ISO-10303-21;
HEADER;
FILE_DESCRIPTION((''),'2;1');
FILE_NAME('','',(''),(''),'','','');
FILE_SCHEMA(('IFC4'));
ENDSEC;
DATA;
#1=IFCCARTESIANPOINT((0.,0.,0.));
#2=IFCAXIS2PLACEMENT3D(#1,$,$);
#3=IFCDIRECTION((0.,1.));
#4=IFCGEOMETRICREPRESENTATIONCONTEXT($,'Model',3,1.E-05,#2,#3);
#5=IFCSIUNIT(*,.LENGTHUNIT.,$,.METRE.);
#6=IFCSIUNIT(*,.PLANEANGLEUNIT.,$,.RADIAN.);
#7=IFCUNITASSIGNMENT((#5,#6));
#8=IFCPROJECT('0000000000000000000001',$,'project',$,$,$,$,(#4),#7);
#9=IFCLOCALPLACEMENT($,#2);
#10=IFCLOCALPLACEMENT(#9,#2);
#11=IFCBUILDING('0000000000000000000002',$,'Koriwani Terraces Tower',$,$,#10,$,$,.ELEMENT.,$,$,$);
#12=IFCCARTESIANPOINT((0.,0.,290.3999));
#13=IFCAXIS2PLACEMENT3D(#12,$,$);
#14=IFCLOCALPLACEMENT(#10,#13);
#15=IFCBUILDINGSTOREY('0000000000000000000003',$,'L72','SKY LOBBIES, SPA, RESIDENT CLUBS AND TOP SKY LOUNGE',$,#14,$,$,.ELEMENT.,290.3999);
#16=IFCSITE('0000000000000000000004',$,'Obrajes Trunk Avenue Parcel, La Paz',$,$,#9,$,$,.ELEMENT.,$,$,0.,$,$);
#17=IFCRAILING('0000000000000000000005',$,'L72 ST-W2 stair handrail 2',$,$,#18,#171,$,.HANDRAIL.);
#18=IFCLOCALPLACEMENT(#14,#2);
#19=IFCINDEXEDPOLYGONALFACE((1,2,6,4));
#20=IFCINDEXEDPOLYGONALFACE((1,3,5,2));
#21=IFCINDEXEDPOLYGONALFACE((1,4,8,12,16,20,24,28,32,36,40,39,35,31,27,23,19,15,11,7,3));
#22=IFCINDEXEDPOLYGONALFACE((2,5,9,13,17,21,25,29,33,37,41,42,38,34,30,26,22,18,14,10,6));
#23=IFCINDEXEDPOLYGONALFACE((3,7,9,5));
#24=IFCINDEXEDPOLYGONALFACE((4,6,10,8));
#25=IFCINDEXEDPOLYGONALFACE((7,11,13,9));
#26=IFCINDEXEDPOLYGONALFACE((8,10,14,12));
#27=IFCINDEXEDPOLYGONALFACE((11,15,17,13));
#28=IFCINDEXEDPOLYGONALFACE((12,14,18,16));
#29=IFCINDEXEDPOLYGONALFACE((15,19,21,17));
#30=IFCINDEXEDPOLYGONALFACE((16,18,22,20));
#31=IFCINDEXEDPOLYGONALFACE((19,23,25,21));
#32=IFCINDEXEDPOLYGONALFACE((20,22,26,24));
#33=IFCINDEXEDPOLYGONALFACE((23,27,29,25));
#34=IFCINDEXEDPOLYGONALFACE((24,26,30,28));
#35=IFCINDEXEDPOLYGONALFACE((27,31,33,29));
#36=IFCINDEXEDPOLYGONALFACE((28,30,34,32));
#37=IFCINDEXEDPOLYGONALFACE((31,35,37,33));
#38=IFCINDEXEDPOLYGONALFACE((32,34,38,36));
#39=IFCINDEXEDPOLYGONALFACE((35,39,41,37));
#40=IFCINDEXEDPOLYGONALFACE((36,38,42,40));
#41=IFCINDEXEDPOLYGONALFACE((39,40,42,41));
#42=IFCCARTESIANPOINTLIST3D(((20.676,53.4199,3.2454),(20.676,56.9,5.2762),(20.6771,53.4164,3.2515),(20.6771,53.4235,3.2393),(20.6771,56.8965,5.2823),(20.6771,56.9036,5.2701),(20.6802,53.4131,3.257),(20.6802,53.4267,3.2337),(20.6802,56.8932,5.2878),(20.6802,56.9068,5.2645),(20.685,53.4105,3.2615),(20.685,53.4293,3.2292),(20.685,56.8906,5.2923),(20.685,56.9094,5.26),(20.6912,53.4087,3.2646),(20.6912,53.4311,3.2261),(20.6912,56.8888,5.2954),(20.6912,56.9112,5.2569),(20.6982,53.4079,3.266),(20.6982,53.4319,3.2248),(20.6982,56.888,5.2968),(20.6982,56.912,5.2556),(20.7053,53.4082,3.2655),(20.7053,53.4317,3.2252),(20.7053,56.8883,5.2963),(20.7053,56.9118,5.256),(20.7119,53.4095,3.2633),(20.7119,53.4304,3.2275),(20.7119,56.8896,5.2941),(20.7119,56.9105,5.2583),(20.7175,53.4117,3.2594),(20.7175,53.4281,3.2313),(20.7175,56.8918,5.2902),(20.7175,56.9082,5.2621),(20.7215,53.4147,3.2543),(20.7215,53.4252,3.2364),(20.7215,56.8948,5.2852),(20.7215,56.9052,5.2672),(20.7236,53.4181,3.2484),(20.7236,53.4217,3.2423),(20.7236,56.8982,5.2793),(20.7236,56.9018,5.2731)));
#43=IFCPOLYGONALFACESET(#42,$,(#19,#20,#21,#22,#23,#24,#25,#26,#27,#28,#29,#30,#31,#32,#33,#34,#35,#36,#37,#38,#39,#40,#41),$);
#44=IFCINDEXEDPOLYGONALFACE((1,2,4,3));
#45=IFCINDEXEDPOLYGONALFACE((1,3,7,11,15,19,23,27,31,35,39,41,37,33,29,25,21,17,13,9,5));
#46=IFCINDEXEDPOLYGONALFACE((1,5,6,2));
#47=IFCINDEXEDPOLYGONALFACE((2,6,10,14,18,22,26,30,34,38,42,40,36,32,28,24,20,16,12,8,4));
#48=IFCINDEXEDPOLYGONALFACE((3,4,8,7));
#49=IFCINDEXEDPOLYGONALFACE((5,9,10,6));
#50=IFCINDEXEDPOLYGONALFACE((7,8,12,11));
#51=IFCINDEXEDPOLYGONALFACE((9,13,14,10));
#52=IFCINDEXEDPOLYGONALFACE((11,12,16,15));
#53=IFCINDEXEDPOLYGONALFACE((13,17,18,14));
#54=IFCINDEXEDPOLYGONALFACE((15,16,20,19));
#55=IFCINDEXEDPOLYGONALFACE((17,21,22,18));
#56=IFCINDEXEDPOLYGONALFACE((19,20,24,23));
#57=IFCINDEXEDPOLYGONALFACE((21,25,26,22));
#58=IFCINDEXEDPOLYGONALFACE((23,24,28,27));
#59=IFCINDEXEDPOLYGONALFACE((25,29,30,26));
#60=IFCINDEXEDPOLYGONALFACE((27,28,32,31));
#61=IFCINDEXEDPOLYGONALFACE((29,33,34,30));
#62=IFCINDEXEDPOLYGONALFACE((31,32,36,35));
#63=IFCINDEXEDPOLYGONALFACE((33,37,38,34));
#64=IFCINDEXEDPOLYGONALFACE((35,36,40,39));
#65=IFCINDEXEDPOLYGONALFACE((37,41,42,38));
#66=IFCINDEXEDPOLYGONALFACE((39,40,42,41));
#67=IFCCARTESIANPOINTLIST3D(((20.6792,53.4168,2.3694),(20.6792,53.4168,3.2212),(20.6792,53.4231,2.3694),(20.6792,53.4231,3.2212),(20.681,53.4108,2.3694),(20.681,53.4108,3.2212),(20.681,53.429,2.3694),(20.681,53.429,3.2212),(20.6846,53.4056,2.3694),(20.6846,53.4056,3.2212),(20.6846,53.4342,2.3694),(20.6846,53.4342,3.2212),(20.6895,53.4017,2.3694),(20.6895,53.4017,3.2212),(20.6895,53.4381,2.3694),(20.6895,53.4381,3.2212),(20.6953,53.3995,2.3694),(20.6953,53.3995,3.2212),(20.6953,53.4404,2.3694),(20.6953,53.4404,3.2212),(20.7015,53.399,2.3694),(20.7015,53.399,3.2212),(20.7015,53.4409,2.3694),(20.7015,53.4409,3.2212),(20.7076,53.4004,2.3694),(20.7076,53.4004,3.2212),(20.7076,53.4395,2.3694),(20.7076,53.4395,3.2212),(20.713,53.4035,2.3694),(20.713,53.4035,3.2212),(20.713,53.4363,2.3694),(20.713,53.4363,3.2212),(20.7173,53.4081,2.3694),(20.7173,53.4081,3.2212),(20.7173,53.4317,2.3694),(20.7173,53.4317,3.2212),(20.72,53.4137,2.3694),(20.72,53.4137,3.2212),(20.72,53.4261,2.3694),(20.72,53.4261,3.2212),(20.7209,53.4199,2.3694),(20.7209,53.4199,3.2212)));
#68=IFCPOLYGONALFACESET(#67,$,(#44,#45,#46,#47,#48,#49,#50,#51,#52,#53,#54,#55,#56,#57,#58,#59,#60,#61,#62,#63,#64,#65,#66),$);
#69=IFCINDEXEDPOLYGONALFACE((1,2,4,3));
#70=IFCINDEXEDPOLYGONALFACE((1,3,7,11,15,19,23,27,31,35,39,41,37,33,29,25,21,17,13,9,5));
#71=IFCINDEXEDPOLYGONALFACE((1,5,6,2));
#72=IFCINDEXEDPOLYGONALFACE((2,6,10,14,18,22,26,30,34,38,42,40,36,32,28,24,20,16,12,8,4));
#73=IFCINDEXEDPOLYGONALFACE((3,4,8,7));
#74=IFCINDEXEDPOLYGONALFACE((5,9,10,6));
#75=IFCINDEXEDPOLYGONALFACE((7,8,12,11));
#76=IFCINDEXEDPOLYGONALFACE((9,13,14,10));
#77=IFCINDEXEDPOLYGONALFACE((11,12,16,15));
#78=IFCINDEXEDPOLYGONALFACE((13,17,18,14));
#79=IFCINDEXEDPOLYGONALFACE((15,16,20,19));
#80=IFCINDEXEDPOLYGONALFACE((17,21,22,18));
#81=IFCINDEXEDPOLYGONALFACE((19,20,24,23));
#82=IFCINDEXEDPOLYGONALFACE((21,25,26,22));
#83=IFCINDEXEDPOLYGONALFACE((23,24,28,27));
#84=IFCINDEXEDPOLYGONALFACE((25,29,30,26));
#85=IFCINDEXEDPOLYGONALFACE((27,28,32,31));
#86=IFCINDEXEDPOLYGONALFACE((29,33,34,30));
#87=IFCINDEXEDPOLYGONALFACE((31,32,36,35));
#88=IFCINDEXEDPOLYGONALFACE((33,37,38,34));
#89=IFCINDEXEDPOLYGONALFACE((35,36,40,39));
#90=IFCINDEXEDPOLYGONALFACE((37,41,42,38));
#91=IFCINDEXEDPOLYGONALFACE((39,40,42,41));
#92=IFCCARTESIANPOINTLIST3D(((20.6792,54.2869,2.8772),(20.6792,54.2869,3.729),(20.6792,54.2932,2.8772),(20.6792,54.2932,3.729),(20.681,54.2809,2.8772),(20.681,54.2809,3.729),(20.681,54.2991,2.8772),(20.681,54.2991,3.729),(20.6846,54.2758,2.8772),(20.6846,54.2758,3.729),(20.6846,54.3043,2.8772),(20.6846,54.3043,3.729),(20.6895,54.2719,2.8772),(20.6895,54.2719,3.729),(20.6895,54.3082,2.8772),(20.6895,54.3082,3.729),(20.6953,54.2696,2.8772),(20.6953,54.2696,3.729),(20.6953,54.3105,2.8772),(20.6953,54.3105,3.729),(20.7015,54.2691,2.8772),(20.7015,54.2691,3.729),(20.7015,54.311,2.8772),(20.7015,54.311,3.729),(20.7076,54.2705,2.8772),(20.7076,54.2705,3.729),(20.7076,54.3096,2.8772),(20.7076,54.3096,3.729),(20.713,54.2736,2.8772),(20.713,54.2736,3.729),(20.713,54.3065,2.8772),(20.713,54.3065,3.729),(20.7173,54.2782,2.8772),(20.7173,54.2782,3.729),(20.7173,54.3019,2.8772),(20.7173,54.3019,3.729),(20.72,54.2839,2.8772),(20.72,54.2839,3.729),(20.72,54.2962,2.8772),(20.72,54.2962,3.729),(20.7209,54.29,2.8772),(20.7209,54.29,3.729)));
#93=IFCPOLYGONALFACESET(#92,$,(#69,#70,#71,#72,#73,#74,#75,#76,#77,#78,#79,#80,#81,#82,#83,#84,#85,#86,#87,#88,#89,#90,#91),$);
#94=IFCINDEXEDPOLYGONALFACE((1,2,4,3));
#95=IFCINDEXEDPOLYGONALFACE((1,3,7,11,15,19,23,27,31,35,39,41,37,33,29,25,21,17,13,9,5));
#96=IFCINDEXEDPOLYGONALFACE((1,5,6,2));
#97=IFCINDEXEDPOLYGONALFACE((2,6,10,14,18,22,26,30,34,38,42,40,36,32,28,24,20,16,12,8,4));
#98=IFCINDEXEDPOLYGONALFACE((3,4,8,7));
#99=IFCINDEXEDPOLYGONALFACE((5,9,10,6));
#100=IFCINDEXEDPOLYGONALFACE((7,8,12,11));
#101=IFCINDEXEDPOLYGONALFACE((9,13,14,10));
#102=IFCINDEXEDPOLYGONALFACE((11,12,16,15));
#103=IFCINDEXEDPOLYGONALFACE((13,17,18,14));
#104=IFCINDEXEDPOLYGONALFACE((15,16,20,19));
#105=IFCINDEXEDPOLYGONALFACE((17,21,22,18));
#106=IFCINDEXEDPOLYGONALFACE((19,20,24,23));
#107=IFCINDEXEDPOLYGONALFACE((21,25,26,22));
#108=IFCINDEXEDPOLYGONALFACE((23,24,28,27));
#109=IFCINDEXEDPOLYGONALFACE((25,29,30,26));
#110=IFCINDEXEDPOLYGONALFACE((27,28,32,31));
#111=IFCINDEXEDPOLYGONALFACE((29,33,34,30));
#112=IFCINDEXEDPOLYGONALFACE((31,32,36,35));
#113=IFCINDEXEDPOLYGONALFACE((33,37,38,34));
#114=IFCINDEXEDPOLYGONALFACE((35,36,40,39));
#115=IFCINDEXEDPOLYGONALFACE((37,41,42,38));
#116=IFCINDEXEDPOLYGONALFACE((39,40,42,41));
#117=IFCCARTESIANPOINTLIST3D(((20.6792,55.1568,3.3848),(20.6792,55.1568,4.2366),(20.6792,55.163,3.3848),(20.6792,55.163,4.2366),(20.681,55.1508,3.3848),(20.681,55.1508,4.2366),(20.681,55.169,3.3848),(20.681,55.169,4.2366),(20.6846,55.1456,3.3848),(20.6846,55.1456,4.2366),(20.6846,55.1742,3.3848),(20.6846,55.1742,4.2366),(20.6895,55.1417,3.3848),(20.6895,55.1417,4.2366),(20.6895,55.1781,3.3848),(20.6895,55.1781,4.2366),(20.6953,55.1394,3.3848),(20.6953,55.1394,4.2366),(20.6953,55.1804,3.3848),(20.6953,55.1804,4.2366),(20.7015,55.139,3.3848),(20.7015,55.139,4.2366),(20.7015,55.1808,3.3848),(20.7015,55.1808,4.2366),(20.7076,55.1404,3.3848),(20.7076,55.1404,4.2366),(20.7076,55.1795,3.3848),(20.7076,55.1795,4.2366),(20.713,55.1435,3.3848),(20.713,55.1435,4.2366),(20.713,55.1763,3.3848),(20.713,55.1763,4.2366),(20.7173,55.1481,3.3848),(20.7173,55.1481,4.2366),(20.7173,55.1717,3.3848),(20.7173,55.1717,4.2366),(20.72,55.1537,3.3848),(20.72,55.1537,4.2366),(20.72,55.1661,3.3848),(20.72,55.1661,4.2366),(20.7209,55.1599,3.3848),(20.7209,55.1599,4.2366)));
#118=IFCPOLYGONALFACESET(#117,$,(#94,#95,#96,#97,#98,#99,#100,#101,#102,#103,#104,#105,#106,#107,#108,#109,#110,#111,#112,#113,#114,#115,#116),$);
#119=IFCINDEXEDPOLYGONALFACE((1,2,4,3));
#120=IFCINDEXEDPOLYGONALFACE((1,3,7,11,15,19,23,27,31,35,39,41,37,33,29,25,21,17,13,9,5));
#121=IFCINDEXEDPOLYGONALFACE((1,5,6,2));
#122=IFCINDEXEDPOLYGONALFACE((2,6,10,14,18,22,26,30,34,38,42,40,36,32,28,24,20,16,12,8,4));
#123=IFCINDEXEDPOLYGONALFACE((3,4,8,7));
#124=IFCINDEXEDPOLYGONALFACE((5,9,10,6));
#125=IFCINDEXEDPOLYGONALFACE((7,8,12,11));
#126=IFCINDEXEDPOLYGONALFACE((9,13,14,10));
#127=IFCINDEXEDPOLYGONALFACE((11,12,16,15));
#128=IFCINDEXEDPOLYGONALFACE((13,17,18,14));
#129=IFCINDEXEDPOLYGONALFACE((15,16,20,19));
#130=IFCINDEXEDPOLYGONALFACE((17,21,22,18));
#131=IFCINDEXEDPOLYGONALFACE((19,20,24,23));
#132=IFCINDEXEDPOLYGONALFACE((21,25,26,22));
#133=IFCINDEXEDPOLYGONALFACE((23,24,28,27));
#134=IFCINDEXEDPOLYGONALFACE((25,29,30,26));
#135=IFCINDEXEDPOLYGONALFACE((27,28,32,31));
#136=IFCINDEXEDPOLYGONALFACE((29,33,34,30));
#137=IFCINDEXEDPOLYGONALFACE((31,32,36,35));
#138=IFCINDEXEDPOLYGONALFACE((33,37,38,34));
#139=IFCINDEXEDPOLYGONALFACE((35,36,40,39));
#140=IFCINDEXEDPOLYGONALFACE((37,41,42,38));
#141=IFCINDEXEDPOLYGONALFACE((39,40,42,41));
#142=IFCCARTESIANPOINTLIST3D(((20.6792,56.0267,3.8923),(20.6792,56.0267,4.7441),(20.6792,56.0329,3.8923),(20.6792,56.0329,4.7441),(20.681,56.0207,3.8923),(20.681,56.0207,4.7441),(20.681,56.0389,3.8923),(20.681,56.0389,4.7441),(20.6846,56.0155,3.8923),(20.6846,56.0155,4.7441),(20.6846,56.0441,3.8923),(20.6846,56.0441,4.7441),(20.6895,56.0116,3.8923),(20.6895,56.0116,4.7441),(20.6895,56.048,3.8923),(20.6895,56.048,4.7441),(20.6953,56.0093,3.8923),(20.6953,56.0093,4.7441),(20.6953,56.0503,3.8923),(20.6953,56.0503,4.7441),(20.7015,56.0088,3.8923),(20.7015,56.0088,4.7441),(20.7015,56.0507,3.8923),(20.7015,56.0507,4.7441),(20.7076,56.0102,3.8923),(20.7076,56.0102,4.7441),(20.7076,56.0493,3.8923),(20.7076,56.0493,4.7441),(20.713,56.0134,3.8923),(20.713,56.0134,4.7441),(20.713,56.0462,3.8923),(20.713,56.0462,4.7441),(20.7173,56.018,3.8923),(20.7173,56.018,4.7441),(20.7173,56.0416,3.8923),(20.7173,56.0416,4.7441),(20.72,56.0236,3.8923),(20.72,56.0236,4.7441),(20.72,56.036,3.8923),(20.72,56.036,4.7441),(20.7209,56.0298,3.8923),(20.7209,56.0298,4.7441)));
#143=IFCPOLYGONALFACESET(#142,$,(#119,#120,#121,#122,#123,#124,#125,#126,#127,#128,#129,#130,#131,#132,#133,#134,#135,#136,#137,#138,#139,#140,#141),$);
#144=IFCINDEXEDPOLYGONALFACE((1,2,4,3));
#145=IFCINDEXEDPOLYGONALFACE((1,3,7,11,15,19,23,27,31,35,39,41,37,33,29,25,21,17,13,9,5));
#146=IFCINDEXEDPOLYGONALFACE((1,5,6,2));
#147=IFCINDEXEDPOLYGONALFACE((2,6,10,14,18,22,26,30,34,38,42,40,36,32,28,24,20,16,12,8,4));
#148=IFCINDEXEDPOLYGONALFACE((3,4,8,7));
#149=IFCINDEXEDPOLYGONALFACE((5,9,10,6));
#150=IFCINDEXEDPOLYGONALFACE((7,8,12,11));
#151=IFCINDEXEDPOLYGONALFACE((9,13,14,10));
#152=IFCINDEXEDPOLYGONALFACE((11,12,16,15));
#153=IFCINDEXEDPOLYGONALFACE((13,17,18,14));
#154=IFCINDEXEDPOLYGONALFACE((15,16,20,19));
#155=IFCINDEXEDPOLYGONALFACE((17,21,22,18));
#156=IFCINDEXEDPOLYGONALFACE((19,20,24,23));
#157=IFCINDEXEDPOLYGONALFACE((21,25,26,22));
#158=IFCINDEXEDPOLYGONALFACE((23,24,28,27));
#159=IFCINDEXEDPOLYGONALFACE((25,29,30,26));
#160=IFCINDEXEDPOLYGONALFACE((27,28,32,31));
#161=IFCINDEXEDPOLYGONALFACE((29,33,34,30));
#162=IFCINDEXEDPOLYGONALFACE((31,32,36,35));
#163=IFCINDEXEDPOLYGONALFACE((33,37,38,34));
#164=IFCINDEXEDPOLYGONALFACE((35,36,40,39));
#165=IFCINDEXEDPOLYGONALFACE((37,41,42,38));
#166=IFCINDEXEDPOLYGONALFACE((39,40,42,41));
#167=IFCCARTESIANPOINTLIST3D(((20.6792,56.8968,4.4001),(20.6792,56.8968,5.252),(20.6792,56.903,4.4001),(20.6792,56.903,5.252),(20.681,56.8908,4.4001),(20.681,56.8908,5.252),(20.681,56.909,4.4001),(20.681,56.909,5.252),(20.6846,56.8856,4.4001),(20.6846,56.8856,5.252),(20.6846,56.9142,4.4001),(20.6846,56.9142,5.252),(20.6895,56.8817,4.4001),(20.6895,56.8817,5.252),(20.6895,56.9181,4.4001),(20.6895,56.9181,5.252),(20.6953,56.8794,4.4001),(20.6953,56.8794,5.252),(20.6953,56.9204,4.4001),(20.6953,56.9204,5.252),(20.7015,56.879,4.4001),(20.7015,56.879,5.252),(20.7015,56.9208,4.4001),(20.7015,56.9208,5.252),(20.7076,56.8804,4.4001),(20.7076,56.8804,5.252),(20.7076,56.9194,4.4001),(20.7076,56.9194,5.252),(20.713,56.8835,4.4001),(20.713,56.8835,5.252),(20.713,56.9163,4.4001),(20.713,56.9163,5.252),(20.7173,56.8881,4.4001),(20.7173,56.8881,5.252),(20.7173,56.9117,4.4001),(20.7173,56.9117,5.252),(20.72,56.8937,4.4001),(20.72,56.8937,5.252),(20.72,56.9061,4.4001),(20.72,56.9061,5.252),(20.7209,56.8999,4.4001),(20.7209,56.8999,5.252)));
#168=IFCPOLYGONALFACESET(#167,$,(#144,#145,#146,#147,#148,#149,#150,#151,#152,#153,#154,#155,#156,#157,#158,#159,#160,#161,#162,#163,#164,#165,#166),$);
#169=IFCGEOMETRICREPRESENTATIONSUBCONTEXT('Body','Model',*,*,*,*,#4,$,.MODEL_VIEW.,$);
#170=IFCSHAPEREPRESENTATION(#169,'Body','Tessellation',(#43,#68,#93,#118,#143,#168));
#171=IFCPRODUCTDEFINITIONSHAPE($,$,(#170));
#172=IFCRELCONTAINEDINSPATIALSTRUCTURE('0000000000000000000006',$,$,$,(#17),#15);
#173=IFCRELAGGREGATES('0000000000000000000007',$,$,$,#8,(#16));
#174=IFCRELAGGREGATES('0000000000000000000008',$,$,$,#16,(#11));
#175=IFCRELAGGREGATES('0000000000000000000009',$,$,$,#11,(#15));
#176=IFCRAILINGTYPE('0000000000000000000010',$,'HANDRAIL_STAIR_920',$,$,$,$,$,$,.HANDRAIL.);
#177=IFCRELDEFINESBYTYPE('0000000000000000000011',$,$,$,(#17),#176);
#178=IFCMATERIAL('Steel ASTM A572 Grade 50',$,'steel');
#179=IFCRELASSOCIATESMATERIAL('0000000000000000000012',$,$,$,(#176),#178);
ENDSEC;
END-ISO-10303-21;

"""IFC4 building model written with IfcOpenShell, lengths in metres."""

from ifc_helpers import new_model, si_unit, direction, frame, origin, origin_2d, place, context, subcontext, project, spatial, circle, extrude, material, type_object, element, save


model = new_model("IFC4")

# Units and contexts
model_context = context("Model", 3, precision=1e-05, world=origin(), true_north=direction((0.0, 1.0)))
body_context = subcontext(model_context, "Body", "Model", "MODEL_VIEW")
ifc_project = project(units=[si_unit("LENGTHUNIT", "METRE"), si_unit("PLANEANGLEUNIT", "RADIAN")], contexts=[model_context])

# Site, building, storey
site_placement = place(None, origin())
site = spatial("IfcSite", under=ifc_project, at=site_placement, Name="Obrajes Trunk Avenue Parcel, La Paz", CompositionType="ELEMENT", RefElevation=0.0)
building_placement = place(site_placement, origin())
building = spatial("IfcBuilding", under=site, at=building_placement, Name="Koriwani Terraces Tower", CompositionType="ELEMENT")
storey_placement = place(building_placement, frame((0.0, 0.0, 290.3999)))
storey = spatial("IfcBuildingStorey", under=building, at=storey_placement, Name="L72", Description="SKY LOBBIES, SPA, RESIDENT CLUBS AND TOP SKY LOUNGE", CompositionType="ELEMENT", Elevation=290.3999)

# Shared definitions
ifc_material_1 = material(Name="Steel ASTM A572 Grade 50", Category="steel")

# Railing
railing_type = type_object("IfcRailingType", Name="HANDRAIL_STAIR_920", PredefinedType="HANDRAIL", material=ifc_material_1)
railing_placement = place(storey_placement, frame((20.7, 53.4199, 2.3694)))
element("IfcRailing", 1, at=railing_placement, inside=storey, type_object=railing_type, Name="L72 ST-W2 stair handrail 2", PredefinedType="HANDRAIL", context=body_context, shape_type="SweptSolid", body=[
    extrude(circle(Radius=0.0239, at=origin_2d()), frame((0.0, 0.0, 0.876), z_axis=(0.0, 0.863695, 0.504014), x_axis=(-1.0, 0.0, 0.0)), (0.0, 0.0, 1.0), 4.0293),
    extrude(circle(Radius=0.021, at=origin_2d()), origin(), (0.0, 0.0, 1.0), 0.8518),
    extrude(circle(Radius=0.021, at=origin_2d()), frame((0.0, 0.8701, 0.5078)), (0.0, 0.0, 1.0), 0.8518),
    extrude(circle(Radius=0.021, at=origin_2d()), frame((0.0, 1.74, 1.0154)), (0.0, 0.0, 1.0), 0.8518),
    extrude(circle(Radius=0.021, at=origin_2d()), frame((0.0, 2.6099, 1.5229)), (0.0, 0.0, 1.0), 0.8518),
    extrude(circle(Radius=0.021, at=origin_2d()), frame((0.0, 3.48, 2.0308)), (0.0, 0.0, 1.0), 0.8518),
])

save(model, "model.ifc")
